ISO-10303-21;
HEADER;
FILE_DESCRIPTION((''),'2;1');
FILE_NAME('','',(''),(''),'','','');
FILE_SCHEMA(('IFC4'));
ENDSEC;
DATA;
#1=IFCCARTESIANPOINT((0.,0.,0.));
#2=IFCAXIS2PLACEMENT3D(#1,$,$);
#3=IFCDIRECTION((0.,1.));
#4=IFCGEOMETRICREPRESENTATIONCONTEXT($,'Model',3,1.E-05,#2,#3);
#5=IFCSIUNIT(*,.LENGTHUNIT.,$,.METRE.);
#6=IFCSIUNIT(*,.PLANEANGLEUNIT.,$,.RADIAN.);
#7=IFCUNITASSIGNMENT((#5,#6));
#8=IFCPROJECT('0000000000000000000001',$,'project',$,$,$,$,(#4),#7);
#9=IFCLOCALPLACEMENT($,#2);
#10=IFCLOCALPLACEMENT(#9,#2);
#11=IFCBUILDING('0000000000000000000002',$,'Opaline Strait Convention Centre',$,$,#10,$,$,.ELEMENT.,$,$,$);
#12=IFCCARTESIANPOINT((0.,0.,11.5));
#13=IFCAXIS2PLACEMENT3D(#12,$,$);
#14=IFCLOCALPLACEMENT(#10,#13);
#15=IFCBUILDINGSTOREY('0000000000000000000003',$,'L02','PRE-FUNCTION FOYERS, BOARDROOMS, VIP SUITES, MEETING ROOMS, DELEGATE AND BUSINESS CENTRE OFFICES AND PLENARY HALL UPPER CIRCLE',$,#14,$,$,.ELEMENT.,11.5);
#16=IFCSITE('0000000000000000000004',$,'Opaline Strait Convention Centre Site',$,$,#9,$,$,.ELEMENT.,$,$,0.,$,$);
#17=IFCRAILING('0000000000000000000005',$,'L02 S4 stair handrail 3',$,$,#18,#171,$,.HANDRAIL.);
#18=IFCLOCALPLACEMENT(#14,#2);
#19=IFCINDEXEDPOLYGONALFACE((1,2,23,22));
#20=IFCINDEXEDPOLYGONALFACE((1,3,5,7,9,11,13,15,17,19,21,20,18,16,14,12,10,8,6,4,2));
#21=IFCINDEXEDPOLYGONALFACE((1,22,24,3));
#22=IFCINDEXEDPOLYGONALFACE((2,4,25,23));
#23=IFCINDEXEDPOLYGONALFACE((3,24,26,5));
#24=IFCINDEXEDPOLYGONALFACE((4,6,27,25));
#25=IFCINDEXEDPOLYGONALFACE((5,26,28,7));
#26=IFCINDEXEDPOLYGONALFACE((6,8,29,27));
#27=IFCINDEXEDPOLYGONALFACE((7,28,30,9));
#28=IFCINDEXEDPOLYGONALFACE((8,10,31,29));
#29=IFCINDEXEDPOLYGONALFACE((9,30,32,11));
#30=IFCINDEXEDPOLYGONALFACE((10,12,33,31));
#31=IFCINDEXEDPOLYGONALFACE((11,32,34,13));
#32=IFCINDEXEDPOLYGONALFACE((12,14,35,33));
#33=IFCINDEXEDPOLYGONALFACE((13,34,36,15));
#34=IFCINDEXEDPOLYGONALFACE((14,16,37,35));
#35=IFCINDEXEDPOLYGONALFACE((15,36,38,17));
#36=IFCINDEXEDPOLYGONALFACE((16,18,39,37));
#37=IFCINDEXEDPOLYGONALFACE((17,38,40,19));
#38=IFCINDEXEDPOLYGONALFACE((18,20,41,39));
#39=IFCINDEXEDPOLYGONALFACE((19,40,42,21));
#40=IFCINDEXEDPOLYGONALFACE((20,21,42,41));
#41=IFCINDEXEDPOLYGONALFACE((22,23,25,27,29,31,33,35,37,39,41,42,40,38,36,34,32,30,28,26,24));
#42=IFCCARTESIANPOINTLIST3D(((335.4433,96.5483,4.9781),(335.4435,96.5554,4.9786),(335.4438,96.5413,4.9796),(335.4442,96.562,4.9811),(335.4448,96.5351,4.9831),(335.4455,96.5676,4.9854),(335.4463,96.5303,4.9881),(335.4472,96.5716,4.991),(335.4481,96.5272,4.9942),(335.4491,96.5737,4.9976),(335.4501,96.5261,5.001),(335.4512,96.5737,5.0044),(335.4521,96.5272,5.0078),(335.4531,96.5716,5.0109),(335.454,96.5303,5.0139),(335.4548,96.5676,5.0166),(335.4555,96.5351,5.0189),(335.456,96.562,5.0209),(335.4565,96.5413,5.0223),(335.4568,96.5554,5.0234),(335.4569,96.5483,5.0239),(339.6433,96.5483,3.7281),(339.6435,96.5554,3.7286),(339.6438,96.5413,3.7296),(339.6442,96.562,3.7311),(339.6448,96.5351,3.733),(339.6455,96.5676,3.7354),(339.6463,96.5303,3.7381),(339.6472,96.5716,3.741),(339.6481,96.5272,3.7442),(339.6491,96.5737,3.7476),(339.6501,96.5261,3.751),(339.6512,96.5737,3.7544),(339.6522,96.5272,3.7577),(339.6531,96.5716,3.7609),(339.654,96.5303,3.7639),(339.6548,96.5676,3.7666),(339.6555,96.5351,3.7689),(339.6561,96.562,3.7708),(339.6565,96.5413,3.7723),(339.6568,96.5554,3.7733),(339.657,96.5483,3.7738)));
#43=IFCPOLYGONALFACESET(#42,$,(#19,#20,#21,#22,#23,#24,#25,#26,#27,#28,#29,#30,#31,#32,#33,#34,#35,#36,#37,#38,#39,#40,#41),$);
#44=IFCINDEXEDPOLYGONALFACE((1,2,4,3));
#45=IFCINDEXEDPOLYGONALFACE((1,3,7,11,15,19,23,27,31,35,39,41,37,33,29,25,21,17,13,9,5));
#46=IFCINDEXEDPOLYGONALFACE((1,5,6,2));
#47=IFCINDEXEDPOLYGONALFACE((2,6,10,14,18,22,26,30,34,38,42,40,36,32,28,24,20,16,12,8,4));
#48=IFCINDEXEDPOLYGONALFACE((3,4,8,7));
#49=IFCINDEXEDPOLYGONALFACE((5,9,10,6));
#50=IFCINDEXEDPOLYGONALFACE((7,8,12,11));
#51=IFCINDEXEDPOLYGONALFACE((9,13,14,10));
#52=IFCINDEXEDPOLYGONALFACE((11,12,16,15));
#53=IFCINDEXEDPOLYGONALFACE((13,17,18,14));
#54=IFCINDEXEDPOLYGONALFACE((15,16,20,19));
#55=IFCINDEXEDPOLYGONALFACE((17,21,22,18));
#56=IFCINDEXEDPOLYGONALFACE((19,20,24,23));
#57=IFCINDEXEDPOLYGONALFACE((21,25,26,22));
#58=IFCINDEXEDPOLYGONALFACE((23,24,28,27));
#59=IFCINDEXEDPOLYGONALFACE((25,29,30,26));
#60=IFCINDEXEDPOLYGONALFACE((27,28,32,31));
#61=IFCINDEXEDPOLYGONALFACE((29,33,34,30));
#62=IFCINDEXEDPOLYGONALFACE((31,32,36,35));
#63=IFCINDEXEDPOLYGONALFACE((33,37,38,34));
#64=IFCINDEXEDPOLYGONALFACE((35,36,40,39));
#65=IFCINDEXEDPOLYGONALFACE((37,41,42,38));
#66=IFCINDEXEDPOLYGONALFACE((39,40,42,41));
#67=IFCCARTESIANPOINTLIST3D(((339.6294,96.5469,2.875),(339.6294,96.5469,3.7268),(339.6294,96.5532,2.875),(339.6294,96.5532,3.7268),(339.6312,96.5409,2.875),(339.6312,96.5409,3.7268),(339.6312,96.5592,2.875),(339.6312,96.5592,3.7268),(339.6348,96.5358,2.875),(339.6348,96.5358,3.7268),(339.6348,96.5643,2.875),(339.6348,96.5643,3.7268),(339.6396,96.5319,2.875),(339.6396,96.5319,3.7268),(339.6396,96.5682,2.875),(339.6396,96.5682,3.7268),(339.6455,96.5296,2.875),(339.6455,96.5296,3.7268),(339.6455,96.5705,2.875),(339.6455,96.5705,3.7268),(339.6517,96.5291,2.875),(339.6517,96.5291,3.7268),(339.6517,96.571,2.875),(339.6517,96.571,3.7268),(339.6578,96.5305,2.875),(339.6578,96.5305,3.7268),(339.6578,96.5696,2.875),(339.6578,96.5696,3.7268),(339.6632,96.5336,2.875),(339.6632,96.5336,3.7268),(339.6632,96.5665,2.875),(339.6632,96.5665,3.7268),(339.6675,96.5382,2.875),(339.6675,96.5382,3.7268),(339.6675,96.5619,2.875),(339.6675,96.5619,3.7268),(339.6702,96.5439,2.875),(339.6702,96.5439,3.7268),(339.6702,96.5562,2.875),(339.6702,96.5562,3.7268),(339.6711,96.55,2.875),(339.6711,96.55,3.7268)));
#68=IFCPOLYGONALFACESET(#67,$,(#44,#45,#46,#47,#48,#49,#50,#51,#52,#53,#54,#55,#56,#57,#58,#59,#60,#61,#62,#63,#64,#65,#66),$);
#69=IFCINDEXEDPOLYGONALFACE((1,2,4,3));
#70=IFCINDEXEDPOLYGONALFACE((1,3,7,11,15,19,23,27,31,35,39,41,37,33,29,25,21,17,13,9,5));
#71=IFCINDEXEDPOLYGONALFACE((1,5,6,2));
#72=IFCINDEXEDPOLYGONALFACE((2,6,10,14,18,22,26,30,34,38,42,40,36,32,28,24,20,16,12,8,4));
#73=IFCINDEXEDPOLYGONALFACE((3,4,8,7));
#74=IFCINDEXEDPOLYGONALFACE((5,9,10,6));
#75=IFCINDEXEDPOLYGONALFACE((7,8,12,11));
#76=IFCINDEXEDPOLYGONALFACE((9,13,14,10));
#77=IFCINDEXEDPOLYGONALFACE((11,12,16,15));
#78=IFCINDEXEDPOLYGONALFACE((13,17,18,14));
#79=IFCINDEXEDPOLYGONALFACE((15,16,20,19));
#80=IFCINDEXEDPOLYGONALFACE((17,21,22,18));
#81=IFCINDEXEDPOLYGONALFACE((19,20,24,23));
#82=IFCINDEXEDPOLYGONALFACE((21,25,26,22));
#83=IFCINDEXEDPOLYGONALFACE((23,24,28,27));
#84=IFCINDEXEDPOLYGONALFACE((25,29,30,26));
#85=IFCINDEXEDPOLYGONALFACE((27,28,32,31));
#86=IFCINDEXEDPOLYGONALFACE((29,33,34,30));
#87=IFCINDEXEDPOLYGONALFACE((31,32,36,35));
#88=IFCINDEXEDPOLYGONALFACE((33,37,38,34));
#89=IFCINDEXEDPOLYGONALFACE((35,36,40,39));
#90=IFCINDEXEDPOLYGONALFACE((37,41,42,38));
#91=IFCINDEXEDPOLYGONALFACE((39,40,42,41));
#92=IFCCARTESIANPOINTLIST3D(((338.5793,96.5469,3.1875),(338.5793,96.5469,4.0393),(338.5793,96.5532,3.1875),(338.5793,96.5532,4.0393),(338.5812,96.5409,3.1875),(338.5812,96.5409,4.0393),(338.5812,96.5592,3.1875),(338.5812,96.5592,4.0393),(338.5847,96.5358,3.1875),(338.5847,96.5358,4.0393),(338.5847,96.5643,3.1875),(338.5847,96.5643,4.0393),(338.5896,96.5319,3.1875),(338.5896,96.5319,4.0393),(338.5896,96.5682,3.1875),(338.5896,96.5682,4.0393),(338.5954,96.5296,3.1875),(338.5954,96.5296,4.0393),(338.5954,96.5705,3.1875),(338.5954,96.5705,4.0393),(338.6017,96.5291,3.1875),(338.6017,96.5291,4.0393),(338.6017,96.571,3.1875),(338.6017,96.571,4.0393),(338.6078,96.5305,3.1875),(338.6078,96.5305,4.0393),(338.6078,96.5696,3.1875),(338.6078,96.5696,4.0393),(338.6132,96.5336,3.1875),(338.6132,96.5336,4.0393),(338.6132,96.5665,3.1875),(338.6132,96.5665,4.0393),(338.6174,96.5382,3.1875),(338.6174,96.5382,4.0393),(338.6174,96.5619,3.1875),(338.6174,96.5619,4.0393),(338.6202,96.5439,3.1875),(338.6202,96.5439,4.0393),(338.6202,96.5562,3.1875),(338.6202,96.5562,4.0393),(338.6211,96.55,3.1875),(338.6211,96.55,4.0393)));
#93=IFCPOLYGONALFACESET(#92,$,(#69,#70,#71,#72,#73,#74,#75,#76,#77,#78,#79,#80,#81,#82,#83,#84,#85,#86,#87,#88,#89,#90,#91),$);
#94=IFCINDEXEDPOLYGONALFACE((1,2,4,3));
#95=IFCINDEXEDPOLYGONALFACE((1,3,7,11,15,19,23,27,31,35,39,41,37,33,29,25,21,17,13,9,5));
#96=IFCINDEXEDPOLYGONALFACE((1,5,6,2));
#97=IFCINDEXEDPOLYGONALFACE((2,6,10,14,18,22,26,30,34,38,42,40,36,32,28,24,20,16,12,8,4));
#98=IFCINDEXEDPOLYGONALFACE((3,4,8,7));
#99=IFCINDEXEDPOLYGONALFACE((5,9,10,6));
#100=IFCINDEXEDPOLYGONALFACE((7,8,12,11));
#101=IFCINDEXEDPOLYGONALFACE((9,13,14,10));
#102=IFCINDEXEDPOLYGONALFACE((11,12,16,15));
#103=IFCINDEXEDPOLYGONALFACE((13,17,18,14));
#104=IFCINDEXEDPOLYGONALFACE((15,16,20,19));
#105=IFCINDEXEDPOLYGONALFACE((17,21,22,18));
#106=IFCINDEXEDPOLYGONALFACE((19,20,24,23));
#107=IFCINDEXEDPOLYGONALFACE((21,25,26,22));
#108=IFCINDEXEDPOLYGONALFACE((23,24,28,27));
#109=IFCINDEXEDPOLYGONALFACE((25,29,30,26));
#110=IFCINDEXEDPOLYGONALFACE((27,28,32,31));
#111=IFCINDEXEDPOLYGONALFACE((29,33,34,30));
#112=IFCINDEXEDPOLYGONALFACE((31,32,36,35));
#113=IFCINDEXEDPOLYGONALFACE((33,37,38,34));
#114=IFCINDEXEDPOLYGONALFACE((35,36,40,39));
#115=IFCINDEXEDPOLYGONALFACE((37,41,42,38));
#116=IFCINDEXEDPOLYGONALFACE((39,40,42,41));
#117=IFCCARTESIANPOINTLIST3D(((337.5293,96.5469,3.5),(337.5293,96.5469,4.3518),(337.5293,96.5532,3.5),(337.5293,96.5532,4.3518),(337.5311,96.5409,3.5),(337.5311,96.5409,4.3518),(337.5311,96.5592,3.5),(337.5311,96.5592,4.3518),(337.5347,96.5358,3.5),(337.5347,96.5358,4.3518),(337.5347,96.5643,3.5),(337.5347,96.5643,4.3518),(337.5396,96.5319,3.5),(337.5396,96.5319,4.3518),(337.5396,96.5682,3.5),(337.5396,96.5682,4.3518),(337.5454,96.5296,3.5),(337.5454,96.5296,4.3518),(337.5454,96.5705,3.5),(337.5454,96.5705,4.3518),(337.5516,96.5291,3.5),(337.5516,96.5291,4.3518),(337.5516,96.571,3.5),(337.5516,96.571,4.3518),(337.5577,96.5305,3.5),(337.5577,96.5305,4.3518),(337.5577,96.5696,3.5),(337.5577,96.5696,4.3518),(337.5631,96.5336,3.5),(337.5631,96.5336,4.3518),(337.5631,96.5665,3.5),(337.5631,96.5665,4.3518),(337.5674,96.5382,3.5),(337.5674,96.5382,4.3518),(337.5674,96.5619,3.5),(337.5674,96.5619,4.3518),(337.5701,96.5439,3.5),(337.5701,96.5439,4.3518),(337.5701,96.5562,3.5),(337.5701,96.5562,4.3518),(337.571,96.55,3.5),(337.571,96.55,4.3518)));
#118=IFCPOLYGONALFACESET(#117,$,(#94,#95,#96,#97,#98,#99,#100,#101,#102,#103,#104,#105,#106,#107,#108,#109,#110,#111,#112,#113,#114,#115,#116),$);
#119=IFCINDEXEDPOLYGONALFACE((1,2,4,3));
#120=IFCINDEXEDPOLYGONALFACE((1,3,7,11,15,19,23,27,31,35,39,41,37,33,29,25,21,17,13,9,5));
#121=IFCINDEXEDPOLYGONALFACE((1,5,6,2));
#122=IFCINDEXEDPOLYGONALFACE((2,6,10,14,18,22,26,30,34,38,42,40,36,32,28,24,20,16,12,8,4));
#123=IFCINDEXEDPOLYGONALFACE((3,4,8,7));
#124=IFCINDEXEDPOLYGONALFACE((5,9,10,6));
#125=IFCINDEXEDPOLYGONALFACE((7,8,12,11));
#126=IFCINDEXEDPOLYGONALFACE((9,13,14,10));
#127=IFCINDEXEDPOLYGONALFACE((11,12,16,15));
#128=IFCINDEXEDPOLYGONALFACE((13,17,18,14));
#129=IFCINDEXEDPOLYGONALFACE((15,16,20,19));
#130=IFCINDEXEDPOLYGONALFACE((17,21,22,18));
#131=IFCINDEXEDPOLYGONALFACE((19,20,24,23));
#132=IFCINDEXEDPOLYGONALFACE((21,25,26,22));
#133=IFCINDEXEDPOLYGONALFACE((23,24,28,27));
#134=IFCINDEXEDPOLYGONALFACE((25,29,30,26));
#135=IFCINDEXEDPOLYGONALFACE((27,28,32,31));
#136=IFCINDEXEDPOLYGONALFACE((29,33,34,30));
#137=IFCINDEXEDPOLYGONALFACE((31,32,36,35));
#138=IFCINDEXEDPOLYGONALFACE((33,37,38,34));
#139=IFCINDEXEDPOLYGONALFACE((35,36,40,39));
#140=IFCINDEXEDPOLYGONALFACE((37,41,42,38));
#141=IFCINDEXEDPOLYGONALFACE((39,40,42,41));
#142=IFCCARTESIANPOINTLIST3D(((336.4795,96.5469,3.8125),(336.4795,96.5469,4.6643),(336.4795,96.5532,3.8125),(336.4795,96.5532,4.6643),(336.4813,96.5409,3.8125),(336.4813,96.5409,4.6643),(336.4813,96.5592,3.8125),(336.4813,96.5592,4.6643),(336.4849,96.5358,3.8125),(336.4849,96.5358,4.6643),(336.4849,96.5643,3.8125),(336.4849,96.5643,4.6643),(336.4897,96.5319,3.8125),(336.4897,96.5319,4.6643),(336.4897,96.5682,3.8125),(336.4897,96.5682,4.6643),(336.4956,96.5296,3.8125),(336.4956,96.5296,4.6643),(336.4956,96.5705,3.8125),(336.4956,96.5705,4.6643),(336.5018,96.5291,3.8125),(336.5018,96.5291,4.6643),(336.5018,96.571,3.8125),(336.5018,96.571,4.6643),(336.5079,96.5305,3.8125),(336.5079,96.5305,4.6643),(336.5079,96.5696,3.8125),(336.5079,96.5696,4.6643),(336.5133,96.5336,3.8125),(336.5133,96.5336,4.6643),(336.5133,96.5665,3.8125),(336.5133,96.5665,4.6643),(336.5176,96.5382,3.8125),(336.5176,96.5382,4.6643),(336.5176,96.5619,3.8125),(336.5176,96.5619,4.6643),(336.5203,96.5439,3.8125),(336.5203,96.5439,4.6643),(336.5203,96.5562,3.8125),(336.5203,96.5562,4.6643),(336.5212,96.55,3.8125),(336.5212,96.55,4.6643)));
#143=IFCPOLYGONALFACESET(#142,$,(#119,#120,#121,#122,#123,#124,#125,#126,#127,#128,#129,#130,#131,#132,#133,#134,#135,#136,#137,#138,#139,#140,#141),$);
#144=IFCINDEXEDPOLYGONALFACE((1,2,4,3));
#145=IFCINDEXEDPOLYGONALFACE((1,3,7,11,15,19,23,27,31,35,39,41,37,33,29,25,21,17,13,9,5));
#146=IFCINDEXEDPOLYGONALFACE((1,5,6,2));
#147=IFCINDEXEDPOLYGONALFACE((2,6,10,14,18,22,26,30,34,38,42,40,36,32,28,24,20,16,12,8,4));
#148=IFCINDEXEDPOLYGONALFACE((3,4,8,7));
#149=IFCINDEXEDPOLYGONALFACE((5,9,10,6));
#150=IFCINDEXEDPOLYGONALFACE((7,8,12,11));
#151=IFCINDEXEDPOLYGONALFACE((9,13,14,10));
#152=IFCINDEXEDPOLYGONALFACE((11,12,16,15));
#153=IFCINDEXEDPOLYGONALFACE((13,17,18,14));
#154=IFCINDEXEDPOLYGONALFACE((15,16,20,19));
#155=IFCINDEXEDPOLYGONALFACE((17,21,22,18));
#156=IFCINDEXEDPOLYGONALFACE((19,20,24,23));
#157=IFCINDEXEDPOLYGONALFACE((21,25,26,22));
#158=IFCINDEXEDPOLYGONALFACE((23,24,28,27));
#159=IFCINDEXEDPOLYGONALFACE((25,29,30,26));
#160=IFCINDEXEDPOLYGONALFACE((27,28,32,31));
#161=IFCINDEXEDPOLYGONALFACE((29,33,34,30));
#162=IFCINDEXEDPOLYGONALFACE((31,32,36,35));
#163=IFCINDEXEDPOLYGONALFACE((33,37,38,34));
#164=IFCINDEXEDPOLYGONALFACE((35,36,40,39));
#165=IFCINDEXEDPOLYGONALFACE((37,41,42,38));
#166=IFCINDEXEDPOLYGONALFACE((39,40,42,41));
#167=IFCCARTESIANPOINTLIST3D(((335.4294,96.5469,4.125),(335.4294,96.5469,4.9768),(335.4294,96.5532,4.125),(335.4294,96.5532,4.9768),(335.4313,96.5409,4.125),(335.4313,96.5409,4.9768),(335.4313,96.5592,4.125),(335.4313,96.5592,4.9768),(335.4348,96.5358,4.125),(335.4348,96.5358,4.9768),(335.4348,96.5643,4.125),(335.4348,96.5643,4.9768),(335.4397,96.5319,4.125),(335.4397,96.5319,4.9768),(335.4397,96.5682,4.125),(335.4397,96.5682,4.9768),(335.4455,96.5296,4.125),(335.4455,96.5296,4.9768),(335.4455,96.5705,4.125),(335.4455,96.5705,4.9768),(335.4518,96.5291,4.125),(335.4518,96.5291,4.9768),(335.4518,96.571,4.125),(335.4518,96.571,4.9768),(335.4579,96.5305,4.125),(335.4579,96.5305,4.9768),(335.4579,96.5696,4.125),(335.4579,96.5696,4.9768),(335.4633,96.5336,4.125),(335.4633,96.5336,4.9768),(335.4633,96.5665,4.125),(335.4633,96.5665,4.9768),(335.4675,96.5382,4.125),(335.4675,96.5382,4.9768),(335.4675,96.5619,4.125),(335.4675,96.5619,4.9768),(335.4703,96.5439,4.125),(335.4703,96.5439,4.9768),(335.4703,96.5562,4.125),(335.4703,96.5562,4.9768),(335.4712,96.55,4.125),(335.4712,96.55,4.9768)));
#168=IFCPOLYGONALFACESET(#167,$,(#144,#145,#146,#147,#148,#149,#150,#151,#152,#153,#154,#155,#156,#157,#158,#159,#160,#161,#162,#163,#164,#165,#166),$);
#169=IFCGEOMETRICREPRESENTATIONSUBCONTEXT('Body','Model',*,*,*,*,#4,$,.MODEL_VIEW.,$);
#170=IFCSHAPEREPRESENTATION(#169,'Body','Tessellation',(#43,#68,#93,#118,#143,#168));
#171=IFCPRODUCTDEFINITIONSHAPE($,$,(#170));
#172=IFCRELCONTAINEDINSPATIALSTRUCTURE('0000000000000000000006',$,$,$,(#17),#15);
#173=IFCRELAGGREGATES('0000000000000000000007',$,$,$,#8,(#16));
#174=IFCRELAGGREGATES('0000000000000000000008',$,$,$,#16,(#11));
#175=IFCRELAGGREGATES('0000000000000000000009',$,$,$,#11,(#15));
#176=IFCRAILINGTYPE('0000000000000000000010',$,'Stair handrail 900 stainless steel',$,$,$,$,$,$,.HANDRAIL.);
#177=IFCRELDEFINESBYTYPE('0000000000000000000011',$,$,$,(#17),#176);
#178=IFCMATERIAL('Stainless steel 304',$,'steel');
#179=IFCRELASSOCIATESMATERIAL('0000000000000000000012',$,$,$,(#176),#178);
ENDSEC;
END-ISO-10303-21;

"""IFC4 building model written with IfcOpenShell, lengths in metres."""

from ifc_helpers import new_model, si_unit, direction, frame, origin, origin_2d, place, context, subcontext, project, spatial, circle, extrude, material, type_object, element, save


model = new_model("IFC4")

# Units and contexts
model_context = context("Model", 3, precision=1e-05, world=origin(), true_north=direction((0.0, 1.0)))
body_context = subcontext(model_context, "Body", "Model", "MODEL_VIEW")
ifc_project = project(units=[si_unit("LENGTHUNIT", "METRE"), si_unit("PLANEANGLEUNIT", "RADIAN")], contexts=[model_context])

# Site, building, storey
site_placement = place(None, origin())
site = spatial("IfcSite", under=ifc_project, at=site_placement, Name="Opaline Strait Convention Centre Site", CompositionType="ELEMENT", RefElevation=0.0)
building_placement = place(site_placement, origin())
building = spatial("IfcBuilding", under=site, at=building_placement, Name="Opaline Strait Convention Centre", CompositionType="ELEMENT")
storey_placement = place(building_placement, frame((0.0, 0.0, 11.5)))
storey = spatial("IfcBuildingStorey", under=building, at=storey_placement, Name="L02", Description="PRE-FUNCTION FOYERS, BOARDROOMS, VIP SUITES, MEETING ROOMS, DELEGATE AND BUSINESS CENTRE OFFICES AND PLENARY HALL UPPER CIRCLE", CompositionType="ELEMENT", Elevation=11.5)

# Railing
ifc_material_1 = material(Name="Stainless steel 304", Category="steel")
railing_type_1 = type_object("IfcRailingType", Name="Stair handrail 900 stainless steel", PredefinedType="HANDRAIL", material=ifc_material_1)
railing_1_placement = place(storey_placement, frame((339.6501, 96.55, 2.875)))
element("IfcRailing", 1, at=railing_1_placement, inside=storey, type_object=railing_type_1, Name="L02 S4 stair handrail 3", PredefinedType="HANDRAIL", context=body_context, shape_type="SweptSolid", body=[
    extrude(circle(Radius=0.0239, at=origin_2d()), frame((0.0, 0.0, 0.876), z_axis=(-0.958451, 0.0, 0.285257), x_axis=(0.0, -1.0, 0.0)), (0.0, 0.0, 1.0), 4.3821),
    extrude(circle(Radius=0.021, at=origin_2d()), origin(), (0.0, 0.0, 1.0), 0.8518),
    extrude(circle(Radius=0.021, at=origin_2d()), frame((-1.05, 0.0, 0.3125)), (0.0, 0.0, 1.0), 0.8518),
    extrude(circle(Radius=0.021, at=origin_2d()), frame((-2.1001, 0.0, 0.625)), (0.0, 0.0, 1.0), 0.8518),
    extrude(circle(Radius=0.021, at=origin_2d()), frame((-3.1499, 0.0, 0.9375)), (0.0, 0.0, 1.0), 0.8518),
    extrude(circle(Radius=0.021, at=origin_2d()), frame((-4.2, 0.0, 1.25)), (0.0, 0.0, 1.0), 0.8518),
])

save(model, "model.ifc")
